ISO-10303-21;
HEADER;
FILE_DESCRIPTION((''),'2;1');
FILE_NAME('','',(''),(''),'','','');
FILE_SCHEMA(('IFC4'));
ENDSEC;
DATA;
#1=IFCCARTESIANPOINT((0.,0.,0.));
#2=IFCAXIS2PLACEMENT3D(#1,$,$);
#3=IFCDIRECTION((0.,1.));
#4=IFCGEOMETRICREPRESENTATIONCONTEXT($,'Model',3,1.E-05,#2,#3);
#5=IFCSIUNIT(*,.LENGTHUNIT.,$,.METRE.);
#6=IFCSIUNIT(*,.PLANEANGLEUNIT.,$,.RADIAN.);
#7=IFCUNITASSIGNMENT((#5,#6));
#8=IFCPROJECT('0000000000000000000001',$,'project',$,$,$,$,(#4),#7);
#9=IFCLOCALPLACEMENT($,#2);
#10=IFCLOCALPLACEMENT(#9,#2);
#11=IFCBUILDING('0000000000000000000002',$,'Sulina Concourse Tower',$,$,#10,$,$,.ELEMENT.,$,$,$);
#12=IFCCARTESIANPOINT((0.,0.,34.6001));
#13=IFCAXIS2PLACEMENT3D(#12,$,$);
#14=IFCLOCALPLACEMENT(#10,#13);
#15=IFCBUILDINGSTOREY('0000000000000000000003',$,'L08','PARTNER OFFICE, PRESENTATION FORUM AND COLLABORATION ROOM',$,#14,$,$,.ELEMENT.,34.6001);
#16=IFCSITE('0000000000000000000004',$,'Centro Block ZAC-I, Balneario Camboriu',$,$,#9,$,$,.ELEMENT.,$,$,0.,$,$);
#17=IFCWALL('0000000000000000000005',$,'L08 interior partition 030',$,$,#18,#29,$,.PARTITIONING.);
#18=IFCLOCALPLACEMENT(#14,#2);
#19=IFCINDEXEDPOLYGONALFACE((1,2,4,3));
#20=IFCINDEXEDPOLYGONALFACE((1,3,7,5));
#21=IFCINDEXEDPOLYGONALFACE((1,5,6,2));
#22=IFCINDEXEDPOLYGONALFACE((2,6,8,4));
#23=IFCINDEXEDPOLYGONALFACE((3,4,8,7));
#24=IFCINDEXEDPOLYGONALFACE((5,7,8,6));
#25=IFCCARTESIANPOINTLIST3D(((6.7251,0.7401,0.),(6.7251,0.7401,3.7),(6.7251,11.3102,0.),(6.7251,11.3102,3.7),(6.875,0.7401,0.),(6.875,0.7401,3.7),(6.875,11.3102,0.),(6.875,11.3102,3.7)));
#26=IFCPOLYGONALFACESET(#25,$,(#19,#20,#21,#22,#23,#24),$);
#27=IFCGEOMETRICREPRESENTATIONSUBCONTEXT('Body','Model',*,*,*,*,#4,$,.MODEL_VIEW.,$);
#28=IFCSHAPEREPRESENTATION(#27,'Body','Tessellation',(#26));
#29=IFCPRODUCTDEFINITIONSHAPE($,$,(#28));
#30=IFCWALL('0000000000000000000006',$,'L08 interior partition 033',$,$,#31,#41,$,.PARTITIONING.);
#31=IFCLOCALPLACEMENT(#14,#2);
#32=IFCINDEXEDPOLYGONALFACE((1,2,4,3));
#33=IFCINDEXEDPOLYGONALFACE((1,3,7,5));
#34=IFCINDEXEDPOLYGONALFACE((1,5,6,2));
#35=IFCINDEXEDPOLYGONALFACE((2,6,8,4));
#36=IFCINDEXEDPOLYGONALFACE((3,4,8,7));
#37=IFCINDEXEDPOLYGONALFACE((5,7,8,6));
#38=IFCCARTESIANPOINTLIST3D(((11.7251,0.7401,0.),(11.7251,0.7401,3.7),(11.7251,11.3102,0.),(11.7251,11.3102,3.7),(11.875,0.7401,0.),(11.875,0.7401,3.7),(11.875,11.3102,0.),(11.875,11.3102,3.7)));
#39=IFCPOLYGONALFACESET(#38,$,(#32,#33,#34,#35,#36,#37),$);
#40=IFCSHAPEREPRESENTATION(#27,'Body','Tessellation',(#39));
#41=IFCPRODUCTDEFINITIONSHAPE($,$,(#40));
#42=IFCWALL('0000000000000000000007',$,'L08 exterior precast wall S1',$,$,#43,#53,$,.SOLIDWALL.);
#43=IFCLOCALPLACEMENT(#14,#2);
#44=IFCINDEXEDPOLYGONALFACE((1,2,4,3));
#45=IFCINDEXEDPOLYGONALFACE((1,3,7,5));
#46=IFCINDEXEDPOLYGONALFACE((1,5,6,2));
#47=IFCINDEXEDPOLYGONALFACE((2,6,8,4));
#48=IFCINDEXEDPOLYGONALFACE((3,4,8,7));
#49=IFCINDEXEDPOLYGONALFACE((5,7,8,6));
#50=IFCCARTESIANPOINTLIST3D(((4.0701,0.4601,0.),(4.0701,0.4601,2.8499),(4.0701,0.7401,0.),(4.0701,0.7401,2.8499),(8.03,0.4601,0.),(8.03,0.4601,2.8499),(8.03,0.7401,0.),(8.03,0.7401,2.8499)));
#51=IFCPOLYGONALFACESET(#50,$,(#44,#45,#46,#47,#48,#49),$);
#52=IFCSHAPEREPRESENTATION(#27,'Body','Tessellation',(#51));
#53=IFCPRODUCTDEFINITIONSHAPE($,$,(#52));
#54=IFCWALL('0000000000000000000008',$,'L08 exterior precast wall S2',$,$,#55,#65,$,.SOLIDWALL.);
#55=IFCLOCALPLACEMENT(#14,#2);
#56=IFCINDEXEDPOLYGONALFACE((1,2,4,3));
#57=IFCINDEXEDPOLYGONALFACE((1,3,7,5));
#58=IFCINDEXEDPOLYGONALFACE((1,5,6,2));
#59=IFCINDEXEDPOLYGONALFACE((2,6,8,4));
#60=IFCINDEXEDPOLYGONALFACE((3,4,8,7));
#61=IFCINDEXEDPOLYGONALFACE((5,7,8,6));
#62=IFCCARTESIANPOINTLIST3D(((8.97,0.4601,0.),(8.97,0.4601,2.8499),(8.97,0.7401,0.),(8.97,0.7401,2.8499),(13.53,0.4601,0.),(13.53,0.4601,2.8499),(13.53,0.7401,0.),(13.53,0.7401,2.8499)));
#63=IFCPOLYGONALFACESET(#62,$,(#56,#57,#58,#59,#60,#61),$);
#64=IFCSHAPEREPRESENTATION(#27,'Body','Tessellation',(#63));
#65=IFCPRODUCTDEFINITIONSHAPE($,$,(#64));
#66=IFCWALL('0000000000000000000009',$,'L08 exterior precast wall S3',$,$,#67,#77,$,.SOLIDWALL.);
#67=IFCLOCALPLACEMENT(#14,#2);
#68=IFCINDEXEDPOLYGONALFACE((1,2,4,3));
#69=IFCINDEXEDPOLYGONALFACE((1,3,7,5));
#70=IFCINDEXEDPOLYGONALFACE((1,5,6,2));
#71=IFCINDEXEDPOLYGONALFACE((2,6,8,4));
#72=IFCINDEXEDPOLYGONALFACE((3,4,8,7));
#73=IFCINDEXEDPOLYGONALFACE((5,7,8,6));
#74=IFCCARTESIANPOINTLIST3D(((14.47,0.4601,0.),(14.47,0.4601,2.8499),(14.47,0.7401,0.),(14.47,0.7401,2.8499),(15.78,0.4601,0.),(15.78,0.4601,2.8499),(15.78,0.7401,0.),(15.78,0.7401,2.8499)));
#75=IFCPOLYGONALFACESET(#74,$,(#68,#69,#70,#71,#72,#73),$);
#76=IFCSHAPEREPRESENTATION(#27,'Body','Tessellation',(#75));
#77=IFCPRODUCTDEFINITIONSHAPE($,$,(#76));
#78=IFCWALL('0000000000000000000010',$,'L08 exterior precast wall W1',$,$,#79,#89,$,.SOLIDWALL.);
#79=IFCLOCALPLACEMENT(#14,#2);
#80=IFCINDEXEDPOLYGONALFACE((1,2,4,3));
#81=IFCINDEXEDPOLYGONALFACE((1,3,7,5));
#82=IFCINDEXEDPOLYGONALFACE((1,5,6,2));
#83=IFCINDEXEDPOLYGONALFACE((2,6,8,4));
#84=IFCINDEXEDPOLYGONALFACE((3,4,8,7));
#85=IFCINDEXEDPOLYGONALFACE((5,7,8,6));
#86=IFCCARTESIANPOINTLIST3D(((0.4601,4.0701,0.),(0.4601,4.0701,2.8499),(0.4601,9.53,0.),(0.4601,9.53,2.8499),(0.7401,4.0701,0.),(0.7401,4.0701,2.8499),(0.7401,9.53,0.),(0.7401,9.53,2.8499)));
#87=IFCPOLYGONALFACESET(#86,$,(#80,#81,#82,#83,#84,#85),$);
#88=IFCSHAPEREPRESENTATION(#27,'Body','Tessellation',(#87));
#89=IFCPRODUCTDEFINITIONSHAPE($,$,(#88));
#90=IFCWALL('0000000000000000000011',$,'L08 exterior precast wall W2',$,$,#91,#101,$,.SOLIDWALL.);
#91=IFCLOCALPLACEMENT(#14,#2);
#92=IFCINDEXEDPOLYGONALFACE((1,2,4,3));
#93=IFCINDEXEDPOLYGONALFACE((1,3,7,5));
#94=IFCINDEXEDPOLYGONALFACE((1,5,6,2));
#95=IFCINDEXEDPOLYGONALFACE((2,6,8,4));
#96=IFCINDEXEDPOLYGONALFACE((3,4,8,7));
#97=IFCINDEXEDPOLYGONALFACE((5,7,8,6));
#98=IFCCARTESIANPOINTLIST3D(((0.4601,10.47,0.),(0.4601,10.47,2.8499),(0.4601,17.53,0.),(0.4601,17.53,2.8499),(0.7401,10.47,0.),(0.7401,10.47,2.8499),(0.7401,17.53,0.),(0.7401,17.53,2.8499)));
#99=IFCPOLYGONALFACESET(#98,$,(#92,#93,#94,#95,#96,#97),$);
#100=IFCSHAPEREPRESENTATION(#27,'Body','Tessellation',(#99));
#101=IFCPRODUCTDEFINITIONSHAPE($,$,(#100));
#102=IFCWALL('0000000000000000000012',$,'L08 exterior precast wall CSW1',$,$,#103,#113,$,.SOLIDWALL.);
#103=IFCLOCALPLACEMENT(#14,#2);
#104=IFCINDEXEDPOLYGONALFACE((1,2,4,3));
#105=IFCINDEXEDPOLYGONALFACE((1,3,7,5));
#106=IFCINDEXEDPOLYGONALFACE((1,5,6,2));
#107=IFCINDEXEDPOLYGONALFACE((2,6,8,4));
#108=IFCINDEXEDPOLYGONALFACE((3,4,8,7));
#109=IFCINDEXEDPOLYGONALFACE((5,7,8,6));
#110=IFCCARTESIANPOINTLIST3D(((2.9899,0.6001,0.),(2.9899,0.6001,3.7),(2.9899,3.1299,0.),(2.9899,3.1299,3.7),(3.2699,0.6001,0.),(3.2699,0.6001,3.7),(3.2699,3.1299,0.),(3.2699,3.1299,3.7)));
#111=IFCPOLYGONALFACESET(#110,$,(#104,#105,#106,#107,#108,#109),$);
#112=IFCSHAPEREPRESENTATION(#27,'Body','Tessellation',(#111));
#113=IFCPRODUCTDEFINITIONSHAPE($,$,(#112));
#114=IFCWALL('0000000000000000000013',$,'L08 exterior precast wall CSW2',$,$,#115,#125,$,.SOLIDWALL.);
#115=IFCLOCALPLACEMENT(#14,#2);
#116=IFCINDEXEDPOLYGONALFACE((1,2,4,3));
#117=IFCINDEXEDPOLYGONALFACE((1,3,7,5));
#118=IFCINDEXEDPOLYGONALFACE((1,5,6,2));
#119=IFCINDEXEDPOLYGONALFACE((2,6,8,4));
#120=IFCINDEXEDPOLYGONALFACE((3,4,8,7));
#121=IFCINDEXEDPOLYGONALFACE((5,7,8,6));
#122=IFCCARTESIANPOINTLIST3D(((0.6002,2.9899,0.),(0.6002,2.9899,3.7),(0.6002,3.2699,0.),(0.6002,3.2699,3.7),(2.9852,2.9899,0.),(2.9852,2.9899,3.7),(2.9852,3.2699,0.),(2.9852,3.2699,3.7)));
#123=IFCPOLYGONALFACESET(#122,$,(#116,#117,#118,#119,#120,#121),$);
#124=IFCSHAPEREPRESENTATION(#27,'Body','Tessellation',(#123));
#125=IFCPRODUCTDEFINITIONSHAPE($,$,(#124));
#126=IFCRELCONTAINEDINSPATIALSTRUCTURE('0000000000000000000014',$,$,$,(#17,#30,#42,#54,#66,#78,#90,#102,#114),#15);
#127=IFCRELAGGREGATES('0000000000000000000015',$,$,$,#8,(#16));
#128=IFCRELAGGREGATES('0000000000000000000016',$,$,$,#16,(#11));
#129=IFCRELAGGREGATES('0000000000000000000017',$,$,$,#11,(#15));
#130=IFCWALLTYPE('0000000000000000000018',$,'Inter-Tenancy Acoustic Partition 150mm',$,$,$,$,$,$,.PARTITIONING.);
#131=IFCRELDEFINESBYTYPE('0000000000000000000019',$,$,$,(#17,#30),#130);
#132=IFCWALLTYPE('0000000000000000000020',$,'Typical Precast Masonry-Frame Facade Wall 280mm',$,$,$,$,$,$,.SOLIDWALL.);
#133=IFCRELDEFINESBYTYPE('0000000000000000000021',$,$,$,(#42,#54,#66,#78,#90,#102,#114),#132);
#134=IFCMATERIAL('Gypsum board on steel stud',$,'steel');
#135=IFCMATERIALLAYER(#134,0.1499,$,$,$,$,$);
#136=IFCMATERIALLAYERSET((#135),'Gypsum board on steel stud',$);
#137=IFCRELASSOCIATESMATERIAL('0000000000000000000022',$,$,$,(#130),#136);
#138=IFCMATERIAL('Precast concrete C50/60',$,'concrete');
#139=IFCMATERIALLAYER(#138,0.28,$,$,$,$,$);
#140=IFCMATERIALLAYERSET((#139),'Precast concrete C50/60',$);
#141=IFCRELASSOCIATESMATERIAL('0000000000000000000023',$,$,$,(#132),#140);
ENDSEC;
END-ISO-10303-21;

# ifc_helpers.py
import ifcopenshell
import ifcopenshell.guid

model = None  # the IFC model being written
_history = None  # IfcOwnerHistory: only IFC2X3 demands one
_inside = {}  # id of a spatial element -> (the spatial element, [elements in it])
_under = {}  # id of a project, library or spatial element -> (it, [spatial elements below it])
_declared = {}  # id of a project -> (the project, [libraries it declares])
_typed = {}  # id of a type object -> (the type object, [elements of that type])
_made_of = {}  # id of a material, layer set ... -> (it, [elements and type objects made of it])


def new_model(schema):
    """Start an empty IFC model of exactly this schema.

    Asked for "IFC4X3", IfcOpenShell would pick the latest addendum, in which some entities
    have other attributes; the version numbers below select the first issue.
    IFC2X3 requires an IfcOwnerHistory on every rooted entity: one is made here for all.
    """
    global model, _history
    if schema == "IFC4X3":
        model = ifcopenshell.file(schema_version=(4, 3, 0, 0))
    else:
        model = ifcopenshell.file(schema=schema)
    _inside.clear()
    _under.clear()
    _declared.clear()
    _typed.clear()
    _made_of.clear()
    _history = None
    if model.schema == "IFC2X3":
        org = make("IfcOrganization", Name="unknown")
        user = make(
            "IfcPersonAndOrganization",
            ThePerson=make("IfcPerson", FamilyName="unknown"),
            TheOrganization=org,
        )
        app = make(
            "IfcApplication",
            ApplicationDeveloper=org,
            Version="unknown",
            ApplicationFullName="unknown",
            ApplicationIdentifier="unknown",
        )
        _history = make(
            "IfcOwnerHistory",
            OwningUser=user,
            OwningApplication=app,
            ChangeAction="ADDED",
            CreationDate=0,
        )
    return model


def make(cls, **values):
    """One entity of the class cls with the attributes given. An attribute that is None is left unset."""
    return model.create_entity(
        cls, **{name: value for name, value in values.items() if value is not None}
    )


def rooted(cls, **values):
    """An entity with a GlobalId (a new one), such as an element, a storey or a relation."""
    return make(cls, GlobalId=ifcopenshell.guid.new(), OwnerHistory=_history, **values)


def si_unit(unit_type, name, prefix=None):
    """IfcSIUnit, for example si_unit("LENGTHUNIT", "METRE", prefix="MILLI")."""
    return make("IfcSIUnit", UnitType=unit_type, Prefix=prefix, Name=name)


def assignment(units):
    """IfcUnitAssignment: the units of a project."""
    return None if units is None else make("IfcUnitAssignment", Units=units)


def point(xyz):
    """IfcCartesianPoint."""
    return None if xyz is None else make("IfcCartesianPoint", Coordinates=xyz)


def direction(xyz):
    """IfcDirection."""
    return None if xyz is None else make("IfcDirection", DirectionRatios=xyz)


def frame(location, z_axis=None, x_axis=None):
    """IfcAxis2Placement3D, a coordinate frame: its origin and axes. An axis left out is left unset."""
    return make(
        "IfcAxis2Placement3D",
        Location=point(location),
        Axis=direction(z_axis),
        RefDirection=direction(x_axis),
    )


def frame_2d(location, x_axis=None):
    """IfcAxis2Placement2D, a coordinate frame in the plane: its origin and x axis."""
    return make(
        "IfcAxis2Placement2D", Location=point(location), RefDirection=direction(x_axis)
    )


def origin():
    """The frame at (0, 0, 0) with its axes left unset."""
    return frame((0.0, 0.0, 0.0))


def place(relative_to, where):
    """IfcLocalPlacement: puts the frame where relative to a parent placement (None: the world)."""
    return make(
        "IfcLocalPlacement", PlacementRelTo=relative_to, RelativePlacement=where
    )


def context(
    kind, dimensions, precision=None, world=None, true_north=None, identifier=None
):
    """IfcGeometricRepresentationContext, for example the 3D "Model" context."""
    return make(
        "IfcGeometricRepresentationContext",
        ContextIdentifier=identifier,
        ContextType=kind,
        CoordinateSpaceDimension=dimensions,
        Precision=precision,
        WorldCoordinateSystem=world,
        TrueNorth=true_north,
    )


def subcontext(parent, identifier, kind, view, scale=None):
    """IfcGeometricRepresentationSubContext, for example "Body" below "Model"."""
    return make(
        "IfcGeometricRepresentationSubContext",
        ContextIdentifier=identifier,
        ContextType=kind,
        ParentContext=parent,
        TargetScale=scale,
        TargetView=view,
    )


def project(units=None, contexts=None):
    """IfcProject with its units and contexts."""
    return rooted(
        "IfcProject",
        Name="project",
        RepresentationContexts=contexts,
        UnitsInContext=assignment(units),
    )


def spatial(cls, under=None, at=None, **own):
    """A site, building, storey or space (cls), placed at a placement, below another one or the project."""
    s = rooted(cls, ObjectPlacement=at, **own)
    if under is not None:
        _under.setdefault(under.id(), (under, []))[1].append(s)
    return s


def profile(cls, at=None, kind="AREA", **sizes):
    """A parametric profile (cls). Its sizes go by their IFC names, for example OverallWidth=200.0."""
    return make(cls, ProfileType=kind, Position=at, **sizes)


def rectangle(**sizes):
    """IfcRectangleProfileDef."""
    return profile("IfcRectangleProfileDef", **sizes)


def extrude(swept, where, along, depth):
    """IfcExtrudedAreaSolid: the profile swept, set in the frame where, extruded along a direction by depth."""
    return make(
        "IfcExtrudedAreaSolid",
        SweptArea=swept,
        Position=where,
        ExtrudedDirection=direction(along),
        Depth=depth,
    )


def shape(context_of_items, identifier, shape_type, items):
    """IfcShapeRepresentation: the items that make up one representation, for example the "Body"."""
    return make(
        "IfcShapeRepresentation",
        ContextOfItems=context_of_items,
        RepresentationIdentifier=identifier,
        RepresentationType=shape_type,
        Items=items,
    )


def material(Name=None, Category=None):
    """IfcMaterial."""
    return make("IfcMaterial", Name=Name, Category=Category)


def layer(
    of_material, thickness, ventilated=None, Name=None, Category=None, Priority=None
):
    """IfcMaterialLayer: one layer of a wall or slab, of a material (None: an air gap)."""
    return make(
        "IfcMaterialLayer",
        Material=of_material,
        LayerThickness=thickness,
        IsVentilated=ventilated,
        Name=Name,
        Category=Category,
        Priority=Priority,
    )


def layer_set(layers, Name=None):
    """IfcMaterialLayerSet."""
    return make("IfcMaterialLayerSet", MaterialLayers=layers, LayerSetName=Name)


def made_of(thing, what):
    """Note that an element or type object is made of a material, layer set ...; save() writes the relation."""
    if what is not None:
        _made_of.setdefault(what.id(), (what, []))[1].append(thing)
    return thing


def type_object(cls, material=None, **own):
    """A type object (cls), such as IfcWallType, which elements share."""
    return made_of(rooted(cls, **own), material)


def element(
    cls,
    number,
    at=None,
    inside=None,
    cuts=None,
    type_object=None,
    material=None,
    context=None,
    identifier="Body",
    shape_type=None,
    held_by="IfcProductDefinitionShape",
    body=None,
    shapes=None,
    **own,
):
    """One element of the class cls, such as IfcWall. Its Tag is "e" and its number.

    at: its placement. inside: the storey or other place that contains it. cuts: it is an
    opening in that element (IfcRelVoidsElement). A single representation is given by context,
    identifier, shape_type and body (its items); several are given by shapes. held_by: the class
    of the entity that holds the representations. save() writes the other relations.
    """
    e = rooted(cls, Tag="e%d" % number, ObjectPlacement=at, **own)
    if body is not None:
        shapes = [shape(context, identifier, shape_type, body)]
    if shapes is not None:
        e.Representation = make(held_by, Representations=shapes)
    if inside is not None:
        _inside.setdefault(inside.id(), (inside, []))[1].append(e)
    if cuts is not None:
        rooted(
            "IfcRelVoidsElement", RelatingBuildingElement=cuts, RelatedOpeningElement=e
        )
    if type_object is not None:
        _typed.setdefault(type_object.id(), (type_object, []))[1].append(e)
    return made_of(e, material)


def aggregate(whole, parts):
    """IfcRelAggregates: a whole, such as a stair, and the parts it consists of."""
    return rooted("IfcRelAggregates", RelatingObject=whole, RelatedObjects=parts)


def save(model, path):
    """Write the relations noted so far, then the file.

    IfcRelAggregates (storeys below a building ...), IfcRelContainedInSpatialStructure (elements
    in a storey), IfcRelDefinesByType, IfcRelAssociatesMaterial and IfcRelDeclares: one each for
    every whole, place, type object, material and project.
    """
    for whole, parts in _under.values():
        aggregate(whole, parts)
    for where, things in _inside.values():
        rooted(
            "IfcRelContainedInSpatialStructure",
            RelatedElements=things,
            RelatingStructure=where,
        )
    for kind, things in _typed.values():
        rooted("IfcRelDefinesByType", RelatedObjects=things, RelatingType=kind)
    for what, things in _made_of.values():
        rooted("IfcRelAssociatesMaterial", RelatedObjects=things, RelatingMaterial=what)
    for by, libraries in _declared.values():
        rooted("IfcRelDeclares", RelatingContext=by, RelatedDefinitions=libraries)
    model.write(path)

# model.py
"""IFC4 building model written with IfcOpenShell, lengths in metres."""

from ifc_helpers import new_model, si_unit, direction, frame, frame_2d, origin, place, context, subcontext, project, spatial, rectangle, extrude, material, layer, layer_set, type_object, element, save


model = new_model("IFC4")

# Units and contexts
model_context = context("Model", 3, precision=1e-05, world=origin(), true_north=direction((0.0, 1.0)))
body_context = subcontext(model_context, "Body", "Model", "MODEL_VIEW")
ifc_project = project(units=[si_unit("LENGTHUNIT", "METRE"), si_unit("PLANEANGLEUNIT", "RADIAN")], contexts=[model_context])

# Site, building, storey
site_placement = place(None, origin())
site = spatial("IfcSite", under=ifc_project, at=site_placement, Name="Centro Block ZAC-I, Balneario Camboriu", CompositionType="ELEMENT", RefElevation=0.0)
building_placement = place(site_placement, origin())
building = spatial("IfcBuilding", under=site, at=building_placement, Name="Sulina Concourse Tower", CompositionType="ELEMENT")
storey_placement = place(building_placement, frame((0.0, 0.0, 34.6001)))
storey = spatial("IfcBuildingStorey", under=building, at=storey_placement, Name="L08", Description="PARTNER OFFICE, PRESENTATION FORUM AND COLLABORATION ROOM", CompositionType="ELEMENT", Elevation=34.6001)

# Walls
ifc_material_1 = material(Name="Gypsum board on steel stud", Category="steel")
ifc_layer_1 = layer(ifc_material_1, 0.1499)
ifc_layer_set_1 = layer_set([ifc_layer_1], Name="Gypsum board on steel stud")
wall_type_1 = type_object("IfcWallType", Name="Inter-Tenancy Acoustic Partition 150mm", PredefinedType="PARTITIONING", material=ifc_layer_set_1)
for number, where, z_axis, x_axis, name in (
    (1, (6.8, 0.74, 0.0), (0.0, 0.0, 1.0), (0.0, 1.0, 0.0), "L08 interior partition 030"),
    (2, (11.8, 0.74, 0.0), (0.0, 0.0, 1.0), (0.0, 1.0, 0.0), "L08 interior partition 033"),
):
    element("IfcWall", number, at=place(storey_placement, frame(where, z_axis=z_axis, x_axis=x_axis)), inside=storey, type_object=wall_type_1, Name=name, PredefinedType="PARTITIONING", context=body_context, shape_type="SweptSolid", body=[
        extrude(rectangle(XDim=10.5701, YDim=0.1499, at=frame_2d((5.2852, 0.0))), origin(), (0.0, 0.0, 1.0), 3.7),
    ])
ifc_material_2 = material(Name="Precast concrete C50/60", Category="concrete")
ifc_layer_2 = layer(ifc_material_2, 0.28)
ifc_layer_set_2 = layer_set([ifc_layer_2], Name="Precast concrete C50/60")
wall_type_2 = type_object("IfcWallType", Name="Typical Precast Masonry-Frame Facade Wall 280mm", PredefinedType="SOLIDWALL", material=ifc_layer_set_2)
wall_1_placement = place(storey_placement, frame((8.03, 0.6001, 0.0), z_axis=(0.0, 0.0, 1.0), x_axis=(-1.0, 0.0, 0.0)))
element("IfcWall", 3, at=wall_1_placement, inside=storey, type_object=wall_type_2, Name="L08 exterior precast wall S1", PredefinedType="SOLIDWALL", context=body_context, shape_type="SweptSolid", body=[
    extrude(rectangle(XDim=3.96, YDim=0.28, at=frame_2d((1.98, 0.0))), origin(), (0.0, 0.0, 1.0), 2.8499),
])
wall_2_placement = place(storey_placement, frame((13.53, 0.6001, 0.0), z_axis=(0.0, 0.0, 1.0), x_axis=(-1.0, 0.0, 0.0)))
element("IfcWall", 4, at=wall_2_placement, inside=storey, type_object=wall_type_2, Name="L08 exterior precast wall S2", PredefinedType="SOLIDWALL", context=body_context, shape_type="SweptSolid", body=[
    extrude(rectangle(XDim=4.5601, YDim=0.28, at=frame_2d((2.28, 0.0))), origin(), (0.0, 0.0, 1.0), 2.8499),
])
wall_3_placement = place(storey_placement, frame((15.78, 0.6001, 0.0), z_axis=(0.0, 0.0, 1.0), x_axis=(-1.0, 0.0, 0.0)))
element("IfcWall", 5, at=wall_3_placement, inside=storey, type_object=wall_type_2, Name="L08 exterior precast wall S3", PredefinedType="SOLIDWALL", context=body_context, shape_type="SweptSolid", body=[
    extrude(rectangle(XDim=1.3101, YDim=0.28, at=frame_2d((0.655, 0.0))), origin(), (0.0, 0.0, 1.0), 2.8499),
])
wall_4_placement = place(storey_placement, frame((0.6001, 4.0701, 0.0), z_axis=(0.0, 0.0, 1.0), x_axis=(0.0, 1.0, 0.0)))
element("IfcWall", 6, at=wall_4_placement, inside=storey, type_object=wall_type_2, Name="L08 exterior precast wall W1", PredefinedType="SOLIDWALL", context=body_context, shape_type="SweptSolid", body=[
    extrude(rectangle(XDim=5.46, YDim=0.28, at=frame_2d((2.73, 0.0))), origin(), (0.0, 0.0, 1.0), 2.8499),
])
wall_5_placement = place(storey_placement, frame((0.6001, 10.47, 0.0), z_axis=(0.0, 0.0, 1.0), x_axis=(0.0, 1.0, 0.0)))
element("IfcWall", 7, at=wall_5_placement, inside=storey, type_object=wall_type_2, Name="L08 exterior precast wall W2", PredefinedType="SOLIDWALL", context=body_context, shape_type="SweptSolid", body=[
    extrude(rectangle(XDim=7.0601, YDim=0.28, at=frame_2d((3.53, 0.0))), origin(), (0.0, 0.0, 1.0), 2.8499),
])
wall_6_placement = place(storey_placement, frame((3.1299, 0.6001, 0.0), z_axis=(0.0, 0.0, 1.0), x_axis=(0.0, 1.0, 0.0)))
element("IfcWall", 8, at=wall_6_placement, inside=storey, type_object=wall_type_2, Name="L08 exterior precast wall CSW1", PredefinedType="SOLIDWALL", context=body_context, shape_type="SweptSolid", body=[
    extrude(rectangle(XDim=2.5298, YDim=0.28, at=frame_2d((1.2649, 0.0))), origin(), (0.0, 0.0, 1.0), 3.7),
])
wall_7_placement = place(storey_placement, frame((2.9851, 3.1299, 0.0), z_axis=(0.0, 0.0, 1.0), x_axis=(-1.0, 0.0, 0.0)))
element("IfcWall", 9, at=wall_7_placement, inside=storey, type_object=wall_type_2, Name="L08 exterior precast wall CSW2", PredefinedType="SOLIDWALL", context=body_context, shape_type="SweptSolid", body=[
    extrude(rectangle(XDim=2.385, YDim=0.28, at=frame_2d((1.1924, 0.0))), origin(), (0.0, 0.0, 1.0), 3.7),
])

save(model, "model.ifc")
